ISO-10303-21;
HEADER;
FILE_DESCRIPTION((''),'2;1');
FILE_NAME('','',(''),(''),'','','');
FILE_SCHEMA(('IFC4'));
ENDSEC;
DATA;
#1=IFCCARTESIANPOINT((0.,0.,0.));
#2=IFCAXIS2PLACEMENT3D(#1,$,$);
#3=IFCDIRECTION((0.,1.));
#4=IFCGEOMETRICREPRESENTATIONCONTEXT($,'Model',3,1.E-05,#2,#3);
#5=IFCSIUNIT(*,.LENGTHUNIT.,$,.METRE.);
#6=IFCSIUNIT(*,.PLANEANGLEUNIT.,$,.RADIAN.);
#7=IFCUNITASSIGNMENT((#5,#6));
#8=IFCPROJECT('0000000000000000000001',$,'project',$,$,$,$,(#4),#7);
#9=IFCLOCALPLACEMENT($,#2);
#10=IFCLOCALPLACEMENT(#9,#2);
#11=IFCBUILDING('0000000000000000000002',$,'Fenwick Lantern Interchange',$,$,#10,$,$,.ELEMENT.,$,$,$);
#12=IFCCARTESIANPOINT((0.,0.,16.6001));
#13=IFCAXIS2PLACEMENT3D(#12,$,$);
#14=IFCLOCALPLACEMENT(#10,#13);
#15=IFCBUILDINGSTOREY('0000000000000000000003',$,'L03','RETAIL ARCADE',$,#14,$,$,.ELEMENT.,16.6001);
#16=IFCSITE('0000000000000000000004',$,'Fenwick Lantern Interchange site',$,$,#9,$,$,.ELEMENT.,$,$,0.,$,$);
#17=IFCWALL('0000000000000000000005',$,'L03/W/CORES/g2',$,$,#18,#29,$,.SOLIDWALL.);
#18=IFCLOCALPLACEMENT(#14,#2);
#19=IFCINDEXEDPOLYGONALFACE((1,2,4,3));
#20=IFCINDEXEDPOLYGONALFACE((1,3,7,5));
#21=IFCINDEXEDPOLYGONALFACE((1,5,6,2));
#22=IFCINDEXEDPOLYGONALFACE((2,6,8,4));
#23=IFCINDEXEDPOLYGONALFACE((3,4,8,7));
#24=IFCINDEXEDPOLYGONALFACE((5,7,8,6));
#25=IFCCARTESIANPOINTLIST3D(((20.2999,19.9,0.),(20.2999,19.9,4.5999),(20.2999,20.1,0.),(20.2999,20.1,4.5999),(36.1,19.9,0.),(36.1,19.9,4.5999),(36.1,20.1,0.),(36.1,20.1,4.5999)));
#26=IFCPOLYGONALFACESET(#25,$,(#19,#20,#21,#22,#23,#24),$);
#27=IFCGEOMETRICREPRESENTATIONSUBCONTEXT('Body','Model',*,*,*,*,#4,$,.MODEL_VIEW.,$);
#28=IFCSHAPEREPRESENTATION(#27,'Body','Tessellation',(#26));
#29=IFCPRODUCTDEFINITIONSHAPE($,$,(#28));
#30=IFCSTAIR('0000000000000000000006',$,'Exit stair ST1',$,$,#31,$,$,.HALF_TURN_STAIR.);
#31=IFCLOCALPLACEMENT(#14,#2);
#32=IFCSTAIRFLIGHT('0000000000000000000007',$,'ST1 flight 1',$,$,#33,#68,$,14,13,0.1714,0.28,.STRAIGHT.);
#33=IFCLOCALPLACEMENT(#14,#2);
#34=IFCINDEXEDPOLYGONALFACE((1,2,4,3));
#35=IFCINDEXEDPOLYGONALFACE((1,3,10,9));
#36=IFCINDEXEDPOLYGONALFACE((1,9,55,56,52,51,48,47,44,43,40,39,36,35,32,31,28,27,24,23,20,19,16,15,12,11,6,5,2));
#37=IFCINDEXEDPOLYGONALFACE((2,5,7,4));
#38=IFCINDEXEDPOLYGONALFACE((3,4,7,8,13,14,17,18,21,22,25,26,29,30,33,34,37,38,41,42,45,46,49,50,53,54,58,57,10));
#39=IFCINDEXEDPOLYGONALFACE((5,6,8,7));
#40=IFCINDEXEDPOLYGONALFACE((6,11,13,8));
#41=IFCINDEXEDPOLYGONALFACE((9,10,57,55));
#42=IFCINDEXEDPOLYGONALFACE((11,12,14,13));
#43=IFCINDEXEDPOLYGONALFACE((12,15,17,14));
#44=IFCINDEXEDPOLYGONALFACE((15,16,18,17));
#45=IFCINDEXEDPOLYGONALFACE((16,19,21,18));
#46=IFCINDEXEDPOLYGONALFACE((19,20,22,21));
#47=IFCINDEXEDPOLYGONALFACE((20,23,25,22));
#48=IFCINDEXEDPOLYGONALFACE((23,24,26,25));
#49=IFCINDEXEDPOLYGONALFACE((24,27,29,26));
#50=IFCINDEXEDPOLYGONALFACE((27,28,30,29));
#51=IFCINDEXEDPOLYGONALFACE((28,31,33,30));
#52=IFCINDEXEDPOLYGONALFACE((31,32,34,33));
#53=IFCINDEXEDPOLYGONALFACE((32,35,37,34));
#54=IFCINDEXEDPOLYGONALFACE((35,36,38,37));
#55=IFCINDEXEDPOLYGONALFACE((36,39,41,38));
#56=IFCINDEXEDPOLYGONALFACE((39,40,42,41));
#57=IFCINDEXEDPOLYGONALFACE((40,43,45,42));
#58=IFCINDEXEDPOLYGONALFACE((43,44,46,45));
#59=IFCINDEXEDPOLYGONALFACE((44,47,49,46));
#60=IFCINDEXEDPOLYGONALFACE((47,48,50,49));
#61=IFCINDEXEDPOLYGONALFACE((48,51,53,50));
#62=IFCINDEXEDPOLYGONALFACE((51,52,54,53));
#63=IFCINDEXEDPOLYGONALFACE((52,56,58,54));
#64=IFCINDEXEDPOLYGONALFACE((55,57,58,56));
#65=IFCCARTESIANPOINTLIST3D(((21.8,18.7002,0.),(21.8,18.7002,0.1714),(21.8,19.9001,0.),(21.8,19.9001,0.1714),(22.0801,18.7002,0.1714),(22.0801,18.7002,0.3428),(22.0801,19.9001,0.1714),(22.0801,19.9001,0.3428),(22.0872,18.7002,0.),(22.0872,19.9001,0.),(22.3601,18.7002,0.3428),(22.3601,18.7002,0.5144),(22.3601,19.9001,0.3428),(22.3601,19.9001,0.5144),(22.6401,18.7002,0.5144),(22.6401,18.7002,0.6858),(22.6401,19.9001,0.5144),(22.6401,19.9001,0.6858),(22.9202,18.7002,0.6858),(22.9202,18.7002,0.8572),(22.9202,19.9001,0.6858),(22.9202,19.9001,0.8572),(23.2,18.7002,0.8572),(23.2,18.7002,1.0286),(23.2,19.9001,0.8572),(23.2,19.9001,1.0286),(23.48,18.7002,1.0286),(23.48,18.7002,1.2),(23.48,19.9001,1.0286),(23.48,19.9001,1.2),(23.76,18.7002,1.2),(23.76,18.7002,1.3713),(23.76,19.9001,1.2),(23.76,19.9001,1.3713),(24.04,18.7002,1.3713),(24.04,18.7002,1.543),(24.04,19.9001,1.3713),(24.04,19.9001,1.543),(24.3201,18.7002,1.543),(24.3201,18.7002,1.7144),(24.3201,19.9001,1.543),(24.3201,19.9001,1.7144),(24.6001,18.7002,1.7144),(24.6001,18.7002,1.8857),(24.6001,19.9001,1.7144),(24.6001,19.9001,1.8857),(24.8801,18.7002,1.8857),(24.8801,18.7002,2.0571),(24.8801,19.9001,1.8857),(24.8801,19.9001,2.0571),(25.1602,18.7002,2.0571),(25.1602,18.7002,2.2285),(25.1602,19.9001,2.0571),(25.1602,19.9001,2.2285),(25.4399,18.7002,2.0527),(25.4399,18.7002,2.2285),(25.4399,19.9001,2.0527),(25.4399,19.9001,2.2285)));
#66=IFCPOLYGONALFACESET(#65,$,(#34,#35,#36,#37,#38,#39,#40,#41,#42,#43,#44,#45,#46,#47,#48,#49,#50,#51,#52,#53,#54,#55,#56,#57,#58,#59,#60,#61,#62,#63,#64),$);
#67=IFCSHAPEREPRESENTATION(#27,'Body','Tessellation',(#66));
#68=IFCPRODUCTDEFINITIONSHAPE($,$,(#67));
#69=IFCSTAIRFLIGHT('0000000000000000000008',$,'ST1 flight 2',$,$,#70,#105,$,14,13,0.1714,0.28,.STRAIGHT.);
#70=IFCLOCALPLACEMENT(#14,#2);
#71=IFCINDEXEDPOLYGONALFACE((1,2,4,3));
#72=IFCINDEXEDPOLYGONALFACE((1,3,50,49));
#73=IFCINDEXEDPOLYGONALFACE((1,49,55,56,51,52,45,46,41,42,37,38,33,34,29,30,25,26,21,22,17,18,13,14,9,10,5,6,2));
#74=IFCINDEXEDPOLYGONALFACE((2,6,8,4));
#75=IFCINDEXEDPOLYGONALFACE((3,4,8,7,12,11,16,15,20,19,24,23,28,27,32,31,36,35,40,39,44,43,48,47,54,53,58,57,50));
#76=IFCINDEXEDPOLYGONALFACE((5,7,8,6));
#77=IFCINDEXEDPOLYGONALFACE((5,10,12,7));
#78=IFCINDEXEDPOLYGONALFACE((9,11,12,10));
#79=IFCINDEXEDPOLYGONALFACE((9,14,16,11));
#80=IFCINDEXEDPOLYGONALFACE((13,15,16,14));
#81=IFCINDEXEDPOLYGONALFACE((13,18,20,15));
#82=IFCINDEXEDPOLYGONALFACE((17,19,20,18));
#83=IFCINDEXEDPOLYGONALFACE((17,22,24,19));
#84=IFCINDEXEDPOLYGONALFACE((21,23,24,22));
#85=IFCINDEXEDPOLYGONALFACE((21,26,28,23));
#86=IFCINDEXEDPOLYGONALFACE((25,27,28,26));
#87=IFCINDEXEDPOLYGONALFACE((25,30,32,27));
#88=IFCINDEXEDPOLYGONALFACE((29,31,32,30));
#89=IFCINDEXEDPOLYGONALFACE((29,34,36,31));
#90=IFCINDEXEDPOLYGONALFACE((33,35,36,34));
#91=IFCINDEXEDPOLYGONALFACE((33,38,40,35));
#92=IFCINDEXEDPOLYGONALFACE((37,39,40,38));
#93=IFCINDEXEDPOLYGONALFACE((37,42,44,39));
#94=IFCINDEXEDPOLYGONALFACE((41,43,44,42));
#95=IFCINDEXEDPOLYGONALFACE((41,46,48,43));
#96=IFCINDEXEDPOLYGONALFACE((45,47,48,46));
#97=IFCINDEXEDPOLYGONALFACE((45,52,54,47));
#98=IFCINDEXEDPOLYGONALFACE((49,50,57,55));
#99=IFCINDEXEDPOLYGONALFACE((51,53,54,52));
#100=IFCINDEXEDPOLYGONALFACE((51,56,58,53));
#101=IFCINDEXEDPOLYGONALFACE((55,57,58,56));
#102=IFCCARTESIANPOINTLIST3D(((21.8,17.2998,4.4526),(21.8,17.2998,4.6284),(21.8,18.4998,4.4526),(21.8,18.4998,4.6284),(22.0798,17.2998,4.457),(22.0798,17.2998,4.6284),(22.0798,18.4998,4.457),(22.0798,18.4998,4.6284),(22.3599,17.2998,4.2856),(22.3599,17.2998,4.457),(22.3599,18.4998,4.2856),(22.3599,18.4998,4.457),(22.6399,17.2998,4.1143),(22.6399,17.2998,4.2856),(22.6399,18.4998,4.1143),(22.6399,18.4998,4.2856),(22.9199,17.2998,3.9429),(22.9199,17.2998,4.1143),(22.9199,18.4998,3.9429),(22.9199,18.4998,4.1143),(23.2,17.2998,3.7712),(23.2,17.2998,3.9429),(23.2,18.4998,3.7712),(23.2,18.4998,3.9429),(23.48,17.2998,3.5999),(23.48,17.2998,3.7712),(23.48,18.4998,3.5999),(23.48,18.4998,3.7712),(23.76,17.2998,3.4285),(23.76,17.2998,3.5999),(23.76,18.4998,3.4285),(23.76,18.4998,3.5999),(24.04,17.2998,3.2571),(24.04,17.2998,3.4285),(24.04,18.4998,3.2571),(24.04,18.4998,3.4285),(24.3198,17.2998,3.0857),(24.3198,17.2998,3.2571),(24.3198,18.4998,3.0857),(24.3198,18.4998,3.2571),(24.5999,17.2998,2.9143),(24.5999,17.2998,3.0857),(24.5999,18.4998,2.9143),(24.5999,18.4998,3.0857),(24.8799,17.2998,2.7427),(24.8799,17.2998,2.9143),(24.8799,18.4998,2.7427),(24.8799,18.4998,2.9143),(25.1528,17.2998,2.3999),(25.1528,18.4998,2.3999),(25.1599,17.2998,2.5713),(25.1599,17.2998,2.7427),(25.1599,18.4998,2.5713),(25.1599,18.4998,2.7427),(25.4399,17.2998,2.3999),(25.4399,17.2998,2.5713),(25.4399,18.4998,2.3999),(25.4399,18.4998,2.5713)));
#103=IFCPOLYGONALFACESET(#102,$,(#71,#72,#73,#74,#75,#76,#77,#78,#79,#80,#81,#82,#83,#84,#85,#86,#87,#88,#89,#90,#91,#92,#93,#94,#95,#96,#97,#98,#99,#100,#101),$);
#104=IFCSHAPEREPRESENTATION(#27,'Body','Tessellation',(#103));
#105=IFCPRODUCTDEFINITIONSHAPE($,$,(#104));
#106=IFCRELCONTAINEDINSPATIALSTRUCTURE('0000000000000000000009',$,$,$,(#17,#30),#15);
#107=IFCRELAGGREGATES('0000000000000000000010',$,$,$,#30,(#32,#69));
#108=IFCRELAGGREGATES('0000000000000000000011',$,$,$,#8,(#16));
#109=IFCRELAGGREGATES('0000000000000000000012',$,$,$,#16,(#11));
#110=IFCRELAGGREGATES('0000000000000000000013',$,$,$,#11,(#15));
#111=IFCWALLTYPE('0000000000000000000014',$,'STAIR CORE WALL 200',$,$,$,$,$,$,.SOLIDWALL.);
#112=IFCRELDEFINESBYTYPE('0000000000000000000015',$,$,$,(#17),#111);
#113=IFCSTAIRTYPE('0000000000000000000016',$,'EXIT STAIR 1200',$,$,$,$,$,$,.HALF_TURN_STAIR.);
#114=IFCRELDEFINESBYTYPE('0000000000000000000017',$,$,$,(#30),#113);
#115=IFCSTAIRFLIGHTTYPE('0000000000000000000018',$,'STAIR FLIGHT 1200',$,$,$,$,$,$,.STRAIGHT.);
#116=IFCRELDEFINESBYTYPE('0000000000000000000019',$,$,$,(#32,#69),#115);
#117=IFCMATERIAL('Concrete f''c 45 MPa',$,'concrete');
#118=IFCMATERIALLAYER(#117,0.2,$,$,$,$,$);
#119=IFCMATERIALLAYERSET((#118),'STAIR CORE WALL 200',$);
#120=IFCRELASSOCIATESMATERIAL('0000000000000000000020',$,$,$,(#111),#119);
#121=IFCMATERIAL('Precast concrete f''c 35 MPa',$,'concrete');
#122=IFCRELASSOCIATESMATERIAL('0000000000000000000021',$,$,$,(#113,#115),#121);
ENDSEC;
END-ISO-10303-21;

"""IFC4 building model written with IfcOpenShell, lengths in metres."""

from ifc_helpers import new_model, si_unit, direction, frame, frame_2d, origin, place, context, subcontext, project, spatial, polyline, rectangle, outline, extrude, material, layer, layer_set, type_object, element, aggregate, save


model = new_model("IFC4")

# Units and contexts
model_context = context("Model", 3, precision=1e-05, world=origin(), true_north=direction((0.0, 1.0)))
body_context = subcontext(model_context, "Body", "Model", "MODEL_VIEW")
ifc_project = project(units=[si_unit("LENGTHUNIT", "METRE"), si_unit("PLANEANGLEUNIT", "RADIAN")], contexts=[model_context])

# Site, building, storey
site_placement = place(None, origin())
site = spatial("IfcSite", under=ifc_project, at=site_placement, Name="Fenwick Lantern Interchange site", CompositionType="ELEMENT", RefElevation=0.0)
building_placement = place(site_placement, origin())
building = spatial("IfcBuilding", under=site, at=building_placement, Name="Fenwick Lantern Interchange", CompositionType="ELEMENT")
storey_placement = place(building_placement, frame((0.0, 0.0, 16.6001)))
storey = spatial("IfcBuildingStorey", under=building, at=storey_placement, Name="L03", Description="RETAIL ARCADE", CompositionType="ELEMENT", Elevation=16.6001)

# Shared definitions
ifc_material_1 = material(Name="Concrete f'c 45 MPa", Category="concrete")
ifc_layer_1 = layer(ifc_material_1, 0.2)
ifc_layer_set_1 = layer_set([ifc_layer_1], Name="STAIR CORE WALL 200")
wall_type_1 = type_object("IfcWallType", Name="STAIR CORE WALL 200", PredefinedType="SOLIDWALL", material=ifc_layer_set_1)

# Wall
wall_1_placement = place(storey_placement, frame((20.3, 20.0, 0.0), z_axis=(0.0, 0.0, 1.0), x_axis=(1.0, 0.0, 0.0)))
element("IfcWall", 1, at=wall_1_placement, inside=storey, type_object=wall_type_1, Name="L03/W/CORES/g2", PredefinedType="SOLIDWALL", context=body_context, shape_type="SweptSolid", body=[
    extrude(rectangle(XDim=15.8, YDim=0.2, at=frame_2d((7.8999, 0.0))), origin(), (0.0, 0.0, 1.0), 4.5999),
])

# Stair, stair flights
ifc_material_2 = material(Name="Precast concrete f'c 35 MPa", Category="concrete")
stair_type = type_object("IfcStairType", Name="EXIT STAIR 1200", PredefinedType="HALF_TURN_STAIR", material=ifc_material_2)
stair_placement = place(storey_placement, origin())
stair = element("IfcStair", 2, at=stair_placement, inside=storey, type_object=stair_type, Name="Exit stair ST1", PredefinedType="HALF_TURN_STAIR")
stair_flight_type = type_object("IfcStairFlightType", Name="STAIR FLIGHT 1200", PredefinedType="STRAIGHT", material=ifc_material_2)
stair_flight_1_placement = place(storey_placement, frame((21.8, 19.3, 0.0), z_axis=(0.0, 0.0, 1.0), x_axis=(1.0, 0.0, 0.0)))
stair_flight_1 = element("IfcStairFlight", 3, at=stair_flight_1_placement, type_object=stair_flight_type, Name="ST1 flight 1", NumberOfRisers=14, NumberOfTreads=13, PredefinedType="STRAIGHT", RiserHeight=0.1714, TreadLength=0.28, context=body_context, shape_type="SweptSolid", body=[
    extrude(outline(polyline([(0.0, 0.0), (0.0, 0.1714), (0.28, 0.1714), (0.28, 0.3428), (0.5601, 0.3428), (0.5601, 0.5144), (0.8401, 0.5144), (0.8401, 0.6858), (1.1201, 0.6858), (1.1201, 0.8572), (1.3999, 0.8572), (1.3999, 1.0286), (1.6799, 1.0286), (1.6799, 1.2), (1.96, 1.2), (1.96, 1.3713), (2.24, 1.3713), (2.24, 1.543), (2.52, 1.543), (2.52, 1.7144), (2.8, 1.7144), (2.8, 1.8857), (3.0801, 1.8857), (3.0801, 2.0571), (3.3601, 2.0571), (3.3601, 2.2285), (3.6399, 2.2285), (3.6399, 2.3999), (3.6399, 2.0527), (0.2871, 0.0), (0.0, 0.0)])), frame((0.0, 0.6001, 0.0), z_axis=(0.0, -1.0, 0.0), x_axis=(1.0, 0.0, 0.0)), (0.0, 0.0, 1.0), 1.2),
])
stair_flight_2_placement = place(storey_placement, frame((25.4399, 17.8999, 2.3999), z_axis=(0.0, 0.0, 1.0), x_axis=(-1.0, 0.0, 0.0)))
stair_flight_2 = element("IfcStairFlight", 4, at=stair_flight_2_placement, type_object=stair_flight_type, Name="ST1 flight 2", NumberOfRisers=14, NumberOfTreads=13, PredefinedType="STRAIGHT", RiserHeight=0.1714, TreadLength=0.28, context=body_context, shape_type="SweptSolid", body=[
    extrude(outline(polyline([(0.0, 0.0), (0.0, 0.1714), (0.28, 0.1714), (0.28, 0.3428), (0.5601, 0.3428), (0.5601, 0.5144), (0.8401, 0.5144), (0.8401, 0.6858), (1.1201, 0.6858), (1.1201, 0.8572), (1.3999, 0.8572), (1.3999, 1.0286), (1.6799, 1.0286), (1.6799, 1.2), (1.96, 1.2), (1.96, 1.3713), (2.24, 1.3713), (2.24, 1.543), (2.52, 1.543), (2.52, 1.7144), (2.8, 1.7144), (2.8, 1.8857), (3.0801, 1.8857), (3.0801, 2.0571), (3.3601, 2.0571), (3.3601, 2.2285), (3.6399, 2.2285), (3.6399, 2.3999), (3.6399, 2.0527), (0.2871, 0.0), (0.0, 0.0)])), frame((0.0, 0.6001, 0.0), z_axis=(0.0, -1.0, 0.0), x_axis=(1.0, 0.0, 0.0)), (0.0, 0.0, 1.0), 1.2),
])
aggregate(stair, [stair_flight_1, stair_flight_2])

save(model, "model.ifc")
